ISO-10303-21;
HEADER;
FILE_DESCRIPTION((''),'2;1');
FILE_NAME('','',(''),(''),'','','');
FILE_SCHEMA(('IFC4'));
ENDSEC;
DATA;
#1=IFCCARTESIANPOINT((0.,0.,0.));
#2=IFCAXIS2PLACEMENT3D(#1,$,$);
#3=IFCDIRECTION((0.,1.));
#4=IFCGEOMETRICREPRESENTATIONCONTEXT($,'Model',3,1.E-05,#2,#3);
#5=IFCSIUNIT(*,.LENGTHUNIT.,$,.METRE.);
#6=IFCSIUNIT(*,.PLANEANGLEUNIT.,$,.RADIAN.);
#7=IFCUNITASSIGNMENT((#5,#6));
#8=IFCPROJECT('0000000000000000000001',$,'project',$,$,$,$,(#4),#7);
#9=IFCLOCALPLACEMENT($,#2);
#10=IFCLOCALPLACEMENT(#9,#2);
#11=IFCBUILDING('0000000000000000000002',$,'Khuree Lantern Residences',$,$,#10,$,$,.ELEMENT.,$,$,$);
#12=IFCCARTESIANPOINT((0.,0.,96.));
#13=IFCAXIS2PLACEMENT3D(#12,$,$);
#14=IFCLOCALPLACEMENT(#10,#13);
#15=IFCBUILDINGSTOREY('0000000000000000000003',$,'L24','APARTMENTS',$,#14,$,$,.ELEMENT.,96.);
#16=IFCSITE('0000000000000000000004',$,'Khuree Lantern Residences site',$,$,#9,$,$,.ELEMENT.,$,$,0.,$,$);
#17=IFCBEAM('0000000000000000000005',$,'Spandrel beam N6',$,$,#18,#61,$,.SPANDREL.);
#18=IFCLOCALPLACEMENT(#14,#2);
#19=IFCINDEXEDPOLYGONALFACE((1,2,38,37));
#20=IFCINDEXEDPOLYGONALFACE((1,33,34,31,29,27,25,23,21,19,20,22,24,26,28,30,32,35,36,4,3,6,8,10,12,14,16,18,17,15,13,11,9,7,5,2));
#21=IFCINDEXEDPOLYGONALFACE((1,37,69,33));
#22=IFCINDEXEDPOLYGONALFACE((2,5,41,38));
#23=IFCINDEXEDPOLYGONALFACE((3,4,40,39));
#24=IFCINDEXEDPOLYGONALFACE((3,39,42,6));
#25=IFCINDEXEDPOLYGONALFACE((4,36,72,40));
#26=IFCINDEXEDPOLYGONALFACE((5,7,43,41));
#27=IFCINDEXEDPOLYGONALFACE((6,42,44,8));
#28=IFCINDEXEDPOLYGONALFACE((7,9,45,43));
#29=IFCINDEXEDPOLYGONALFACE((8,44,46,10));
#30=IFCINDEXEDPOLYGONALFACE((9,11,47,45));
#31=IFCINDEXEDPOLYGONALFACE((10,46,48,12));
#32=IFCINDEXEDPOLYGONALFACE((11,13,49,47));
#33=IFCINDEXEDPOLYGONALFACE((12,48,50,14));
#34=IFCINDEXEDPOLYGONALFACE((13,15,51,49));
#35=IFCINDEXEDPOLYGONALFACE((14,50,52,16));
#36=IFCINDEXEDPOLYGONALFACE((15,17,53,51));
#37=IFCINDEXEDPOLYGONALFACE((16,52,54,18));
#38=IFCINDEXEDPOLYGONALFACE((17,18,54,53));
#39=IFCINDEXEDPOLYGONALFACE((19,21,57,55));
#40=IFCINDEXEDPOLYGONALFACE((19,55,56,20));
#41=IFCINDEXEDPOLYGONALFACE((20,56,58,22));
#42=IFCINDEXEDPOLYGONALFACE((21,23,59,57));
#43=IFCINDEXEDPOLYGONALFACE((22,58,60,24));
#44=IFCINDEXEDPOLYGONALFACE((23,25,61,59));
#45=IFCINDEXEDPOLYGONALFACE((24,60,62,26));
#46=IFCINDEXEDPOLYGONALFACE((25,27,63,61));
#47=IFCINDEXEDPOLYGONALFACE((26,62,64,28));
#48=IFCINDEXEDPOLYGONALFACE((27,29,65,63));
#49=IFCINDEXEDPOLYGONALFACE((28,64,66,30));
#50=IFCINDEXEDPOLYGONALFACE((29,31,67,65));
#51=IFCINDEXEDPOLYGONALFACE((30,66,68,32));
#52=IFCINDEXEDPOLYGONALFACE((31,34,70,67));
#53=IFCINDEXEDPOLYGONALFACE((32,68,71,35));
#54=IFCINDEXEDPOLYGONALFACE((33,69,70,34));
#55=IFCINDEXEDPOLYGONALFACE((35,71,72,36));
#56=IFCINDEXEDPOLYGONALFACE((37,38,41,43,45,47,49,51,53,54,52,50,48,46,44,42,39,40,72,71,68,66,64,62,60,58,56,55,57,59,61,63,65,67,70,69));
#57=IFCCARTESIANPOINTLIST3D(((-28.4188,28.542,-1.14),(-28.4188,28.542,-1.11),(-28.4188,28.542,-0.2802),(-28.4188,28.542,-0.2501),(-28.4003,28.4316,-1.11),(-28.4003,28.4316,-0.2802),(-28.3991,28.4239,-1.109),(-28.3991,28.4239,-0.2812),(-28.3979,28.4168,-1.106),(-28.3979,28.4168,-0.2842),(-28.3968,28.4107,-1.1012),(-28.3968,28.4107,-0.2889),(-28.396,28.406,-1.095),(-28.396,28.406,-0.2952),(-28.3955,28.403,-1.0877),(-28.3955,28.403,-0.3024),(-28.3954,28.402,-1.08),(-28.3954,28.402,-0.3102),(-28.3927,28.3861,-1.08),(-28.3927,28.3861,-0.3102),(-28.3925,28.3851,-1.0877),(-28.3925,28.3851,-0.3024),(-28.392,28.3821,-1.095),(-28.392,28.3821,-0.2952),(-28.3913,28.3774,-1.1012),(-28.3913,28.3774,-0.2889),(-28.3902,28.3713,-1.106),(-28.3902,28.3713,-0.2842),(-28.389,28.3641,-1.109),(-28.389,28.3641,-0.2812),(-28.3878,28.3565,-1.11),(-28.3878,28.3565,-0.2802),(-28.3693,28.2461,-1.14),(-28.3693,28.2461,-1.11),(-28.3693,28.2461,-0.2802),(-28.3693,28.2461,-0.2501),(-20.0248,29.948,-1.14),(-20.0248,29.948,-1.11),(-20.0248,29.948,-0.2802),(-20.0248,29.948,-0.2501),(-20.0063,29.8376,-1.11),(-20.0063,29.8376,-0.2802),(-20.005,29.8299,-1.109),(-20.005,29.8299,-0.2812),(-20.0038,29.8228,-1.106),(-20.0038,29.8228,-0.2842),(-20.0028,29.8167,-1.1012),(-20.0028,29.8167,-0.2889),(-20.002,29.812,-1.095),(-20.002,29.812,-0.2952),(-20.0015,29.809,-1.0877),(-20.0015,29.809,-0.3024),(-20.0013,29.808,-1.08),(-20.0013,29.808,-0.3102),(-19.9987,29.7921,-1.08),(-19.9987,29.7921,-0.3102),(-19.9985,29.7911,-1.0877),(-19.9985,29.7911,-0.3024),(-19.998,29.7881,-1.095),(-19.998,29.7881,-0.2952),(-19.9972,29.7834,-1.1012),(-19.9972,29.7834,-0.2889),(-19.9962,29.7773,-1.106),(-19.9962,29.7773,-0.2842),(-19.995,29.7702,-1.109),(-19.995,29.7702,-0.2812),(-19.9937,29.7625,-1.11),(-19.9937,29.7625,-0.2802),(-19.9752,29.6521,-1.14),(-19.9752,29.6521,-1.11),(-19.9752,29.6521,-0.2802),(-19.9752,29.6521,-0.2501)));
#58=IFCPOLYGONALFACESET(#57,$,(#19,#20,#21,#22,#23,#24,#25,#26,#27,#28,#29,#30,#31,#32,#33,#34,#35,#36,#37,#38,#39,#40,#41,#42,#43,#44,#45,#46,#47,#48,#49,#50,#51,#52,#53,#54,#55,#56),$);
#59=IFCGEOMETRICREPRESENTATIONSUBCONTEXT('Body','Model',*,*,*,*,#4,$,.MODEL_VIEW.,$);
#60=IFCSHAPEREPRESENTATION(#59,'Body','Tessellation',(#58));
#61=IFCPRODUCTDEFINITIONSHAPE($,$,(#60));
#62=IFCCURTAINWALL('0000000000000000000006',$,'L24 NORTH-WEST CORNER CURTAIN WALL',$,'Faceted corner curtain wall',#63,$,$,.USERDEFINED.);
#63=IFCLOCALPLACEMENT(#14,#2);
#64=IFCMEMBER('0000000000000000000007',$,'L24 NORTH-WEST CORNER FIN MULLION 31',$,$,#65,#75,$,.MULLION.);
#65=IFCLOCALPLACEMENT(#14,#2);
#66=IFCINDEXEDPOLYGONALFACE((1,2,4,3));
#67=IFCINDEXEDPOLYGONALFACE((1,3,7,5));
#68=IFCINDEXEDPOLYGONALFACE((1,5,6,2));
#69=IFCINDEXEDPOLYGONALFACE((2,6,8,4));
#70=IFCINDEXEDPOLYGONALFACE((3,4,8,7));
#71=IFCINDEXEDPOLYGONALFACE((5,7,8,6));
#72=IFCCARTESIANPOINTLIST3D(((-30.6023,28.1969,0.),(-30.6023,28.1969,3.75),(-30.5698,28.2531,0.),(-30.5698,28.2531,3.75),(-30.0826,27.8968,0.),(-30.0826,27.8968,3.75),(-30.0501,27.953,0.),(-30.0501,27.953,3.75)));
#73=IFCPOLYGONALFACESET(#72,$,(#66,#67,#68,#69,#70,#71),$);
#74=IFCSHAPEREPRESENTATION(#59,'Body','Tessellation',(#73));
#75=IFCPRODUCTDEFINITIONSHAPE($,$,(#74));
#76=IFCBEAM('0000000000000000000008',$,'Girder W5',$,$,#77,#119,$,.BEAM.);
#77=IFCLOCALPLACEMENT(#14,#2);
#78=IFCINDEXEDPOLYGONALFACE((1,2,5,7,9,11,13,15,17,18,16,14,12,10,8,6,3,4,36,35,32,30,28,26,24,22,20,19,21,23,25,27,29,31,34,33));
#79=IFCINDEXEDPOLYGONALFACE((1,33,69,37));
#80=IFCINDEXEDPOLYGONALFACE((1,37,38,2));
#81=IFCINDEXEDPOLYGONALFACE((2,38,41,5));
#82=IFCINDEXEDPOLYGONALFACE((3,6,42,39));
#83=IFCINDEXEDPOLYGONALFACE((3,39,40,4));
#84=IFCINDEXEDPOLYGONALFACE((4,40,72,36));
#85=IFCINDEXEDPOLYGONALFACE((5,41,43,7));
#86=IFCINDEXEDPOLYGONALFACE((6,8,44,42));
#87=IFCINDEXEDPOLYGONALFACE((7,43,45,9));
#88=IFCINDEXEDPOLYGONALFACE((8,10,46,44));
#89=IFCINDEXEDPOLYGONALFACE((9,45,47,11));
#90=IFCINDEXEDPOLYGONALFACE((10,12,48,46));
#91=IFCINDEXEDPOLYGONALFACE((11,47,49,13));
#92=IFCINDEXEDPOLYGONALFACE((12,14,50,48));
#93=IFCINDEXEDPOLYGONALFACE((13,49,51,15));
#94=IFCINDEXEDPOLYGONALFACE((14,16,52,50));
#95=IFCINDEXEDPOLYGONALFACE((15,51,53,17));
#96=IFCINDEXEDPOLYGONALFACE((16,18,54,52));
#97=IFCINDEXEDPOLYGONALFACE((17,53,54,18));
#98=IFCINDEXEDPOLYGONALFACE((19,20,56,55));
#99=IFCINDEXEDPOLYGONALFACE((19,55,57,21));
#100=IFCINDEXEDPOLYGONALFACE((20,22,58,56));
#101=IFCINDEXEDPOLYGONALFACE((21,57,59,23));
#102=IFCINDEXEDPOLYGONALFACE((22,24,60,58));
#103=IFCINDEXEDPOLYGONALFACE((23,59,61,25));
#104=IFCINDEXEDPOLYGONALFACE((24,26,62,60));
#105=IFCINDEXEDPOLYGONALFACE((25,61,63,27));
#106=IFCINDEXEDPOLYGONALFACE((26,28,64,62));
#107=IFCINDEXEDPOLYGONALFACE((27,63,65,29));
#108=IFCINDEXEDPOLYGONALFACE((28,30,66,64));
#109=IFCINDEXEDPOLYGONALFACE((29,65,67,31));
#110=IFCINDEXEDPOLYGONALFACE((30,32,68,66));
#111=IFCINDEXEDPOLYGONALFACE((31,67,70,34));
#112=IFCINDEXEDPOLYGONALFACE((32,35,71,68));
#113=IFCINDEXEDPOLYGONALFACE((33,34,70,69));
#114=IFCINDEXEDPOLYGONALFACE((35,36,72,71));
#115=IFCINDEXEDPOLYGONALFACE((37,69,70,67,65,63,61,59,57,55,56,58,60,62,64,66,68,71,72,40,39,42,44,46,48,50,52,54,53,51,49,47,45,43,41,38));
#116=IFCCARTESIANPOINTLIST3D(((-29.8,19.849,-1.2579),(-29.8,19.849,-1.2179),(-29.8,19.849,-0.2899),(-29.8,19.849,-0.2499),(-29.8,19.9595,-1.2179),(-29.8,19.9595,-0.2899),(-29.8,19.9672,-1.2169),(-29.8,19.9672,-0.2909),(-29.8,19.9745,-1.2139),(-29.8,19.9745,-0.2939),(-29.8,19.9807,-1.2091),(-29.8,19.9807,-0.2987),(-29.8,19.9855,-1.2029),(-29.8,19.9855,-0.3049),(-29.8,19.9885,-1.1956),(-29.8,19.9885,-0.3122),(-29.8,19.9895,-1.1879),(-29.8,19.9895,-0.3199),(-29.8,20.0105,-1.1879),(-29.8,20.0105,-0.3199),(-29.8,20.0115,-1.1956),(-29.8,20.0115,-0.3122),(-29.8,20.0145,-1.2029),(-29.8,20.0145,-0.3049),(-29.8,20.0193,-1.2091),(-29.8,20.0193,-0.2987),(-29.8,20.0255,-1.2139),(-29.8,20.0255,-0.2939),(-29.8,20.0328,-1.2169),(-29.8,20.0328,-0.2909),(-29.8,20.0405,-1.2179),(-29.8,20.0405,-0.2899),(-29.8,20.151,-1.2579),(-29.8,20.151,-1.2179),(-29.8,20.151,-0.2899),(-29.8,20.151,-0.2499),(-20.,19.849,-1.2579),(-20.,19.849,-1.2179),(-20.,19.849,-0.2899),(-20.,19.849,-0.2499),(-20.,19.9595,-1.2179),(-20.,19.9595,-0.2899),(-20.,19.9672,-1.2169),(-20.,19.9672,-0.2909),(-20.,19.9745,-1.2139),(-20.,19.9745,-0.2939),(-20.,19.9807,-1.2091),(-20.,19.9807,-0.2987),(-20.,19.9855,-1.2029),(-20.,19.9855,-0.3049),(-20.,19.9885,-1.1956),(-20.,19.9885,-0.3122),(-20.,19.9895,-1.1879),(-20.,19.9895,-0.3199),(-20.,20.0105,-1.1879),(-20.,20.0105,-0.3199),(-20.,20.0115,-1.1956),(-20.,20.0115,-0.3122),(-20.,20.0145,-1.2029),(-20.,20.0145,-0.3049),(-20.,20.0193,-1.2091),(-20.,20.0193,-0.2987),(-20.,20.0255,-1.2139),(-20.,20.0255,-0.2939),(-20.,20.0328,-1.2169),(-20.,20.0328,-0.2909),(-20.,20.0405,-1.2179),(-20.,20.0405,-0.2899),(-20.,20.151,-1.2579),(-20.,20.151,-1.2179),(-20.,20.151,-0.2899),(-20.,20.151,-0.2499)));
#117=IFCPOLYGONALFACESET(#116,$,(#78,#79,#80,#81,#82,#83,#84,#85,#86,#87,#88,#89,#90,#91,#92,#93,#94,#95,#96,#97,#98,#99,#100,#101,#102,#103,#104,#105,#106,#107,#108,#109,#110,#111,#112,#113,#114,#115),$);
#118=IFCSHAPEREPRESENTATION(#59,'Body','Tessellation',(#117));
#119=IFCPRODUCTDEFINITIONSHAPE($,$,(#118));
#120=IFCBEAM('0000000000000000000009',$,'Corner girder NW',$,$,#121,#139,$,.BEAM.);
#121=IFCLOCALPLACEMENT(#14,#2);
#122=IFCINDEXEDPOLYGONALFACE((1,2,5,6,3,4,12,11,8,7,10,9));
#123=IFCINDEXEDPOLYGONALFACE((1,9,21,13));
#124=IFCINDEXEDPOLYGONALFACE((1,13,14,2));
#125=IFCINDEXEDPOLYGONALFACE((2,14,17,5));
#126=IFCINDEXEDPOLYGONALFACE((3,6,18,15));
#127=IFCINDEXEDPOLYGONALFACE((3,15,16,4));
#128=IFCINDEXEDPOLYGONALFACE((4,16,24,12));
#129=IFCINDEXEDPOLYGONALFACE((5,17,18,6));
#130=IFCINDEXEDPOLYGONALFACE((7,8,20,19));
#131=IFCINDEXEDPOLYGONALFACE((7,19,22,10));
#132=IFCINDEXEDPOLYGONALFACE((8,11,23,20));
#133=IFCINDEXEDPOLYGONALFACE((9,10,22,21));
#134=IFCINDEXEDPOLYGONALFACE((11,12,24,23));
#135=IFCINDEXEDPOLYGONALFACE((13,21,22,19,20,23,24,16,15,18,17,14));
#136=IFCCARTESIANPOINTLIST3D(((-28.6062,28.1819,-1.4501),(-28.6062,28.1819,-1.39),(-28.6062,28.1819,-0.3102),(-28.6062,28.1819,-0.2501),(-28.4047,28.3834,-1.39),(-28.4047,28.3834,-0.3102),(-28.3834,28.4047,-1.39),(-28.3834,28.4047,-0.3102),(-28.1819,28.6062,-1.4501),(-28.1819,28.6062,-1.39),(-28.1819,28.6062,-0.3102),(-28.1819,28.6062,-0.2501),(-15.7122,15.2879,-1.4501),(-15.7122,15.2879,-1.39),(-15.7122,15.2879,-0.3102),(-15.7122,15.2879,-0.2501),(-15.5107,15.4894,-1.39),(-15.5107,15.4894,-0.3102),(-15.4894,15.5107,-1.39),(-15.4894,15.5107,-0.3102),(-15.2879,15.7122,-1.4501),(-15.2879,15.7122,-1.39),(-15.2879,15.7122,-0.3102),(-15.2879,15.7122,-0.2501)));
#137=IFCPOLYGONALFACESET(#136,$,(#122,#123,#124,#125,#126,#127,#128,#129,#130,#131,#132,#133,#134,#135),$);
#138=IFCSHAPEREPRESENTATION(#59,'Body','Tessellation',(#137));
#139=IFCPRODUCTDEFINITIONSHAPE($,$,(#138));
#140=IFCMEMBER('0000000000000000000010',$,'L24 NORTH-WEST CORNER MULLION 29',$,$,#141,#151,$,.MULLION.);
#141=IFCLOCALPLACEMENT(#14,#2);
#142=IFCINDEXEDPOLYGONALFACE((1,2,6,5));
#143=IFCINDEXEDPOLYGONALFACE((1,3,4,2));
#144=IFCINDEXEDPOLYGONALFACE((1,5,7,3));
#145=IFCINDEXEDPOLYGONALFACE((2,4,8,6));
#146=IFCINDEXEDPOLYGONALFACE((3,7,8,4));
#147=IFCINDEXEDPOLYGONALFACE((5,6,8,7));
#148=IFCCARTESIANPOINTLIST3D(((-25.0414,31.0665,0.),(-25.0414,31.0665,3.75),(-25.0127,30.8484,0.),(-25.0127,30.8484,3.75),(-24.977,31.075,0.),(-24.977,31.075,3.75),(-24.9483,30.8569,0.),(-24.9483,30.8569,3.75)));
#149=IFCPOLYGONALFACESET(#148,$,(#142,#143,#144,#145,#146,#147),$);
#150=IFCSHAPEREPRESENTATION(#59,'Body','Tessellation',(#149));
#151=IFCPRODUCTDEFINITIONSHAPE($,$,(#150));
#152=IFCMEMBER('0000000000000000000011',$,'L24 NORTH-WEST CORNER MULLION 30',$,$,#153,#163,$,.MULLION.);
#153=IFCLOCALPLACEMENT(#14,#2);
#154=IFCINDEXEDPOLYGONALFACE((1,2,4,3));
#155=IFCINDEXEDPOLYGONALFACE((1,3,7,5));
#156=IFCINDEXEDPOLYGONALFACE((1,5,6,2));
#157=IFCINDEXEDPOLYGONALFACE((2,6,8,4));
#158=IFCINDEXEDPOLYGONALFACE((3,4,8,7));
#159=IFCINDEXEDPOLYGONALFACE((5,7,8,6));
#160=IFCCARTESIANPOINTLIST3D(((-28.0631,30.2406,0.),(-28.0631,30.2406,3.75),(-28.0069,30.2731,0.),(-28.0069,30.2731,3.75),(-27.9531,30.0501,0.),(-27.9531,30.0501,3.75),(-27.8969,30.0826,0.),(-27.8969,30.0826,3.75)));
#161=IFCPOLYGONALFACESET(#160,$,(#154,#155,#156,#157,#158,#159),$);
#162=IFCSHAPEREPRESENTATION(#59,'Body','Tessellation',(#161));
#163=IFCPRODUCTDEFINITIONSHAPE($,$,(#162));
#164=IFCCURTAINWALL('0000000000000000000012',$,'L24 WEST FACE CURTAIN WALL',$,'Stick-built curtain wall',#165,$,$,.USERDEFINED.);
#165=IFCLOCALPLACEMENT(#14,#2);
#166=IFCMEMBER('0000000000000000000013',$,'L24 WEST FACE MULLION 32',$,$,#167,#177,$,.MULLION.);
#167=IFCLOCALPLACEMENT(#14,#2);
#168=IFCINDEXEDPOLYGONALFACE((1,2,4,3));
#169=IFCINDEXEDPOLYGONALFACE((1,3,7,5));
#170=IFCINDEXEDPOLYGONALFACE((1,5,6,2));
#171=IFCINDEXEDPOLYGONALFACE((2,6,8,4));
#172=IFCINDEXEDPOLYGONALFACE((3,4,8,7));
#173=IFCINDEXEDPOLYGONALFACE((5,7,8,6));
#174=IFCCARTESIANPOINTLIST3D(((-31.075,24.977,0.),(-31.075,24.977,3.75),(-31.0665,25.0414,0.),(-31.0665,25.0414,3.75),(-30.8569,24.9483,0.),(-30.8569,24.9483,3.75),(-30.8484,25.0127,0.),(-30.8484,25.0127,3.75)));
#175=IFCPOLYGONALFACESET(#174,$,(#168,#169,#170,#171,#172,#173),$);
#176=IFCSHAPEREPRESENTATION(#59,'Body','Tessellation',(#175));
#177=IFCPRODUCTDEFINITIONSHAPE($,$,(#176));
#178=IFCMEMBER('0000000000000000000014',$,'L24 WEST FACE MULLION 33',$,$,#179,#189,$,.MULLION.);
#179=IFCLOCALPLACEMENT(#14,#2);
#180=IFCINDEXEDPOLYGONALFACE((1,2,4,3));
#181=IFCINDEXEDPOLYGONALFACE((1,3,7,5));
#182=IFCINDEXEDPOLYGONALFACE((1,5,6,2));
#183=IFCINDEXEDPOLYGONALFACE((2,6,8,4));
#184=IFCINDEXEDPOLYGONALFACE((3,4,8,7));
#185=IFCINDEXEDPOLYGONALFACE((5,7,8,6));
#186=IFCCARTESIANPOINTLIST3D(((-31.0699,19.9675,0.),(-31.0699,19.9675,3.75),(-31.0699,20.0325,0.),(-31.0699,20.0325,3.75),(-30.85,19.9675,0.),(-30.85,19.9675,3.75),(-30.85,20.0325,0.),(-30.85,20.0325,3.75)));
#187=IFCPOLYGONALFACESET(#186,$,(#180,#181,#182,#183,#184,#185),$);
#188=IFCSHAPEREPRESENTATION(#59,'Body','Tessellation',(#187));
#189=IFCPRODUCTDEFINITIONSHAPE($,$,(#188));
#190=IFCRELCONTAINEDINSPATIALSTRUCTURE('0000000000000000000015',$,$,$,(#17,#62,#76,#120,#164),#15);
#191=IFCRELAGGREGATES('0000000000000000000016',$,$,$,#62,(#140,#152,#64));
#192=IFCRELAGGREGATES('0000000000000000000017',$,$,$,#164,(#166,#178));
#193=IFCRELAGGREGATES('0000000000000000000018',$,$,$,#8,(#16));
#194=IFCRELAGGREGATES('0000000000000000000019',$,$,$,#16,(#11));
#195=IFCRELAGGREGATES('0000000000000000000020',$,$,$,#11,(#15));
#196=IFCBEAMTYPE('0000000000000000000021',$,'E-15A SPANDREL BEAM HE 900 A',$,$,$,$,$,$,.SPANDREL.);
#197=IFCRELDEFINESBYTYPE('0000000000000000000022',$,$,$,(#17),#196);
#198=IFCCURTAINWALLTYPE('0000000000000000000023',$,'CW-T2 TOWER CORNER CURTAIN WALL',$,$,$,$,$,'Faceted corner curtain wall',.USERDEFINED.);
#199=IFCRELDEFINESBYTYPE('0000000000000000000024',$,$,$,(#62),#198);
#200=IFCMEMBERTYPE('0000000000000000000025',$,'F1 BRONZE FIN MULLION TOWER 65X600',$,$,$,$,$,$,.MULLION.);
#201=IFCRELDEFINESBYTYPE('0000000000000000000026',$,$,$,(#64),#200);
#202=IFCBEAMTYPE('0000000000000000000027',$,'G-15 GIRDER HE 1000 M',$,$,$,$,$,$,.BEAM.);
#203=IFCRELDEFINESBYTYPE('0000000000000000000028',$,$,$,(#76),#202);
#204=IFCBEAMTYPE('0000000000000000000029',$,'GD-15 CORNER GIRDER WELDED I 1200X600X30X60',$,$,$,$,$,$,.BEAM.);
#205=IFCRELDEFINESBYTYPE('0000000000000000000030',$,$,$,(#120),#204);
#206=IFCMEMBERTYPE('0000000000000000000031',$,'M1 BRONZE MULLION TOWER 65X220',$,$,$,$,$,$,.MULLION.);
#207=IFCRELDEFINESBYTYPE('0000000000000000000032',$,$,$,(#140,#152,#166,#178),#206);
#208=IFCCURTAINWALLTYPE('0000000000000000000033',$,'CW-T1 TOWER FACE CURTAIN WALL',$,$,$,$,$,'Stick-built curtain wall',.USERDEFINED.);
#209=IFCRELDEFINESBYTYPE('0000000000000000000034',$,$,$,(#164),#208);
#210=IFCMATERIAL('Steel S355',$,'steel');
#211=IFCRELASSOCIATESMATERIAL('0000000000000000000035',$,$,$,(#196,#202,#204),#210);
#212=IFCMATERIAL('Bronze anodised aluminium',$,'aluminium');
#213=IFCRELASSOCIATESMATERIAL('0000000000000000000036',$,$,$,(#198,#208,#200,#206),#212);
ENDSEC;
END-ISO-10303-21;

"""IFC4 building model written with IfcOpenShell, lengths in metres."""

from ifc_helpers import new_model, si_unit, direction, frame, origin, origin_2d, place, context, subcontext, project, spatial, rectangle, i_section, extrude, material, material_profile, profile_set, type_object, element, aggregate, save


model = new_model("IFC4")

# Units and contexts
model_context = context("Model", 3, precision=1e-05, world=origin(), true_north=direction((0.0, 1.0)))
body_context = subcontext(model_context, "Body", "Model", "MODEL_VIEW")
ifc_project = project(units=[si_unit("LENGTHUNIT", "METRE"), si_unit("PLANEANGLEUNIT", "RADIAN")], contexts=[model_context])

# Site, building, storey
site_placement = place(None, origin())
site = spatial("IfcSite", under=ifc_project, at=site_placement, Name="Khuree Lantern Residences site", CompositionType="ELEMENT", RefElevation=0.0)
building_placement = place(site_placement, origin())
building = spatial("IfcBuilding", under=site, at=building_placement, Name="Khuree Lantern Residences", CompositionType="ELEMENT")
storey_placement = place(building_placement, frame((0.0, 0.0, 96.0)))
storey = spatial("IfcBuildingStorey", under=building, at=storey_placement, Name="L24", Description="APARTMENTS", CompositionType="ELEMENT", Elevation=96.0)

# Beam
ifc_material_1 = material(Name="Steel S355", Category="steel")
ifc_material_profile_1 = material_profile(ifc_material_1, i_section(OverallWidth=0.3, OverallDepth=0.8899, WebThickness=0.0161, FlangeThickness=0.03, FilletRadius=0.03, at=origin_2d()), Name="HE 900 A")
ifc_profile_set_1 = profile_set([ifc_material_profile_1], Name="Steel S355")
beam_type_1 = type_object("IfcBeamType", Name="E-15A SPANDREL BEAM HE 900 A", PredefinedType="SPANDREL", material=ifc_profile_set_1)
for number, where, z_axis, x_axis, name in (
    (1, (-28.394, 28.394, -0.6951), (0.98626, 0.165199, 0.0), (-0.165199, 0.98626, 0.0), "Spandrel beam N6"),
):
    element("IfcBeam", number, at=place(storey_placement, frame(where, z_axis=z_axis, x_axis=x_axis)), inside=storey, type_object=beam_type_1, Name=name, PredefinedType="SPANDREL", context=body_context, shape_type="SweptSolid", body=[
        extrude(i_section(OverallWidth=0.3, OverallDepth=0.8899, WebThickness=0.0161, FlangeThickness=0.03, FilletRadius=0.03, at=origin_2d()), origin(), (0.0, 0.0, 1.0), 8.511),
    ])

# Curtain wall, member
ifc_material_2 = material(Name="Bronze anodised aluminium", Category="aluminium")
curtain_wall_type_1 = type_object("IfcCurtainWallType", Name="CW-T2 TOWER CORNER CURTAIN WALL", ElementType="Faceted corner curtain wall", PredefinedType="USERDEFINED", material=ifc_material_2)
curtain_wall_1_placement = place(storey_placement, origin())
curtain_wall_1 = element("IfcCurtainWall", 2, at=curtain_wall_1_placement, inside=storey, type_object=curtain_wall_type_1, Name="L24 NORTH-WEST CORNER CURTAIN WALL", ObjectType="Faceted corner curtain wall", PredefinedType="USERDEFINED")
ifc_material_profile_2 = material_profile(ifc_material_2, rectangle(XDim=0.0649, YDim=0.6001, at=origin_2d()), Name="F1 65X600")
ifc_profile_set_2 = profile_set([ifc_material_profile_2], Name="Bronze anodised aluminium")
member_type_1 = type_object("IfcMemberType", Name="F1 BRONZE FIN MULLION TOWER 65X600", PredefinedType="MULLION", material=ifc_profile_set_2)
member_1_placement = place(storey_placement, frame((-30.3262, 28.075, 0.0), z_axis=(0.0, 0.0, 1.0), x_axis=(-0.5, -0.866025, 0.0)))
member_1 = element("IfcMember", 3, at=member_1_placement, type_object=member_type_1, Name="L24 NORTH-WEST CORNER FIN MULLION 31", PredefinedType="MULLION", context=body_context, shape_type="SweptSolid", body=[
    extrude(rectangle(XDim=0.0649, YDim=0.6001, at=origin_2d()), origin(), (0.0, 0.0, 1.0), 3.75),
])

# Beams
ifc_material_profile_3 = material_profile(ifc_material_1, i_section(OverallWidth=0.302, OverallDepth=1.0081, WebThickness=0.021, FlangeThickness=0.04, FilletRadius=0.03, at=origin_2d()), Name="HE 1000 M")
ifc_profile_set_3 = profile_set([ifc_material_profile_3], Name="Steel S355")
beam_type_2 = type_object("IfcBeamType", Name="G-15 GIRDER HE 1000 M", PredefinedType="BEAM", material=ifc_profile_set_3)
beam_1_placement = place(storey_placement, frame((-29.8, 20.0, -0.7539), z_axis=(1.0, 0.0, 0.0), x_axis=(0.0, 1.0, 0.0)))
element("IfcBeam", 4, at=beam_1_placement, inside=storey, type_object=beam_type_2, Name="Girder W5", PredefinedType="BEAM", context=body_context, shape_type="SweptSolid", body=[
    extrude(i_section(OverallWidth=0.302, OverallDepth=1.0081, WebThickness=0.021, FlangeThickness=0.04, FilletRadius=0.03, at=origin_2d()), origin(), (0.0, 0.0, 1.0), 9.8),
])
ifc_material_profile_4 = material_profile(ifc_material_1, i_section(OverallWidth=0.6001, OverallDepth=1.2, WebThickness=0.03, FlangeThickness=0.0601, at=origin_2d()), Name="WELDED I 1200X600X30X60")
ifc_profile_set_4 = profile_set([ifc_material_profile_4], Name="Steel S355")
beam_type_3 = type_object("IfcBeamType", Name="GD-15 CORNER GIRDER WELDED I 1200X600X30X60", PredefinedType="BEAM", material=ifc_profile_set_4)
beam_2_placement = place(storey_placement, frame((-28.394, 28.394, -0.8501), z_axis=(0.707107, -0.707107, 0.0), x_axis=(0.707107, 0.707107, 0.0)))
element("IfcBeam", 5, at=beam_2_placement, inside=storey, type_object=beam_type_3, Name="Corner girder NW", PredefinedType="BEAM", context=body_context, shape_type="SweptSolid", body=[
    extrude(i_section(OverallWidth=0.6001, OverallDepth=1.2, WebThickness=0.03, FlangeThickness=0.0601, at=origin_2d()), origin(), (0.0, 0.0, 1.0), 18.2349),
])

# Members
ifc_material_profile_5 = material_profile(ifc_material_2, rectangle(XDim=0.0649, YDim=0.22, at=origin_2d()), Name="M1 65X220")
ifc_profile_set_5 = profile_set([ifc_material_profile_5], Name="Bronze anodised aluminium")
member_type_2 = type_object("IfcMemberType", Name="M1 BRONZE MULLION TOWER 65X220", PredefinedType="MULLION", material=ifc_profile_set_5)
member_2_placement = place(storey_placement, frame((-24.9949, 30.9617, 0.0), z_axis=(0.0, 0.0, 1.0), x_axis=(-0.991445, -0.130526, 0.0)))
member_2 = element("IfcMember", 6, at=member_2_placement, type_object=member_type_2, Name="L24 NORTH-WEST CORNER MULLION 29", PredefinedType="MULLION", context=body_context, shape_type="SweptSolid", body=[
    extrude(rectangle(XDim=0.0649, YDim=0.22, at=origin_2d()), origin(), (0.0, 0.0, 1.0), 3.75),
])
member_3_placement = place(storey_placement, frame((-27.98, 30.1616, 0.0), z_axis=(0.0, 0.0, 1.0), x_axis=(-0.866025, -0.5, 0.0)))
member_3 = element("IfcMember", 7, at=member_3_placement, type_object=member_type_2, Name="L24 NORTH-WEST CORNER MULLION 30", PredefinedType="MULLION", context=body_context, shape_type="SweptSolid", body=[
    extrude(rectangle(XDim=0.0649, YDim=0.22, at=origin_2d()), origin(), (0.0, 0.0, 1.0), 3.75),
])

# Curtain wall, members
curtain_wall_type_2 = type_object("IfcCurtainWallType", Name="CW-T1 TOWER FACE CURTAIN WALL", ElementType="Stick-built curtain wall", PredefinedType="USERDEFINED", material=ifc_material_2)
curtain_wall_2_placement = place(storey_placement, origin())
curtain_wall_2 = element("IfcCurtainWall", 8, at=curtain_wall_2_placement, inside=storey, type_object=curtain_wall_type_2, Name="L24 WEST FACE CURTAIN WALL", ObjectType="Stick-built curtain wall", PredefinedType="USERDEFINED")
member_4_placement = place(storey_placement, frame((-30.9617, 24.9949, 0.0), z_axis=(0.0, 0.0, 1.0), x_axis=(-0.130526, -0.991445, 0.0)))
member_4 = element("IfcMember", 9, at=member_4_placement, type_object=member_type_2, Name="L24 WEST FACE MULLION 32", PredefinedType="MULLION", context=body_context, shape_type="SweptSolid", body=[
    extrude(rectangle(XDim=0.0649, YDim=0.22, at=origin_2d()), origin(), (0.0, 0.0, 1.0), 3.75),
])
member_5_placement = place(storey_placement, frame((-30.96, 20.0, 0.0), z_axis=(0.0, 0.0, 1.0), x_axis=(0.0, -1.0, 0.0)))
member_5 = element("IfcMember", 10, at=member_5_placement, type_object=member_type_2, Name="L24 WEST FACE MULLION 33", PredefinedType="MULLION", context=body_context, shape_type="SweptSolid", body=[
    extrude(rectangle(XDim=0.0649, YDim=0.22, at=origin_2d()), origin(), (0.0, 0.0, 1.0), 3.75),
])

aggregate(curtain_wall_1, [member_2, member_3, member_1])
aggregate(curtain_wall_2, [member_4, member_5])

save(model, "model.ifc")
